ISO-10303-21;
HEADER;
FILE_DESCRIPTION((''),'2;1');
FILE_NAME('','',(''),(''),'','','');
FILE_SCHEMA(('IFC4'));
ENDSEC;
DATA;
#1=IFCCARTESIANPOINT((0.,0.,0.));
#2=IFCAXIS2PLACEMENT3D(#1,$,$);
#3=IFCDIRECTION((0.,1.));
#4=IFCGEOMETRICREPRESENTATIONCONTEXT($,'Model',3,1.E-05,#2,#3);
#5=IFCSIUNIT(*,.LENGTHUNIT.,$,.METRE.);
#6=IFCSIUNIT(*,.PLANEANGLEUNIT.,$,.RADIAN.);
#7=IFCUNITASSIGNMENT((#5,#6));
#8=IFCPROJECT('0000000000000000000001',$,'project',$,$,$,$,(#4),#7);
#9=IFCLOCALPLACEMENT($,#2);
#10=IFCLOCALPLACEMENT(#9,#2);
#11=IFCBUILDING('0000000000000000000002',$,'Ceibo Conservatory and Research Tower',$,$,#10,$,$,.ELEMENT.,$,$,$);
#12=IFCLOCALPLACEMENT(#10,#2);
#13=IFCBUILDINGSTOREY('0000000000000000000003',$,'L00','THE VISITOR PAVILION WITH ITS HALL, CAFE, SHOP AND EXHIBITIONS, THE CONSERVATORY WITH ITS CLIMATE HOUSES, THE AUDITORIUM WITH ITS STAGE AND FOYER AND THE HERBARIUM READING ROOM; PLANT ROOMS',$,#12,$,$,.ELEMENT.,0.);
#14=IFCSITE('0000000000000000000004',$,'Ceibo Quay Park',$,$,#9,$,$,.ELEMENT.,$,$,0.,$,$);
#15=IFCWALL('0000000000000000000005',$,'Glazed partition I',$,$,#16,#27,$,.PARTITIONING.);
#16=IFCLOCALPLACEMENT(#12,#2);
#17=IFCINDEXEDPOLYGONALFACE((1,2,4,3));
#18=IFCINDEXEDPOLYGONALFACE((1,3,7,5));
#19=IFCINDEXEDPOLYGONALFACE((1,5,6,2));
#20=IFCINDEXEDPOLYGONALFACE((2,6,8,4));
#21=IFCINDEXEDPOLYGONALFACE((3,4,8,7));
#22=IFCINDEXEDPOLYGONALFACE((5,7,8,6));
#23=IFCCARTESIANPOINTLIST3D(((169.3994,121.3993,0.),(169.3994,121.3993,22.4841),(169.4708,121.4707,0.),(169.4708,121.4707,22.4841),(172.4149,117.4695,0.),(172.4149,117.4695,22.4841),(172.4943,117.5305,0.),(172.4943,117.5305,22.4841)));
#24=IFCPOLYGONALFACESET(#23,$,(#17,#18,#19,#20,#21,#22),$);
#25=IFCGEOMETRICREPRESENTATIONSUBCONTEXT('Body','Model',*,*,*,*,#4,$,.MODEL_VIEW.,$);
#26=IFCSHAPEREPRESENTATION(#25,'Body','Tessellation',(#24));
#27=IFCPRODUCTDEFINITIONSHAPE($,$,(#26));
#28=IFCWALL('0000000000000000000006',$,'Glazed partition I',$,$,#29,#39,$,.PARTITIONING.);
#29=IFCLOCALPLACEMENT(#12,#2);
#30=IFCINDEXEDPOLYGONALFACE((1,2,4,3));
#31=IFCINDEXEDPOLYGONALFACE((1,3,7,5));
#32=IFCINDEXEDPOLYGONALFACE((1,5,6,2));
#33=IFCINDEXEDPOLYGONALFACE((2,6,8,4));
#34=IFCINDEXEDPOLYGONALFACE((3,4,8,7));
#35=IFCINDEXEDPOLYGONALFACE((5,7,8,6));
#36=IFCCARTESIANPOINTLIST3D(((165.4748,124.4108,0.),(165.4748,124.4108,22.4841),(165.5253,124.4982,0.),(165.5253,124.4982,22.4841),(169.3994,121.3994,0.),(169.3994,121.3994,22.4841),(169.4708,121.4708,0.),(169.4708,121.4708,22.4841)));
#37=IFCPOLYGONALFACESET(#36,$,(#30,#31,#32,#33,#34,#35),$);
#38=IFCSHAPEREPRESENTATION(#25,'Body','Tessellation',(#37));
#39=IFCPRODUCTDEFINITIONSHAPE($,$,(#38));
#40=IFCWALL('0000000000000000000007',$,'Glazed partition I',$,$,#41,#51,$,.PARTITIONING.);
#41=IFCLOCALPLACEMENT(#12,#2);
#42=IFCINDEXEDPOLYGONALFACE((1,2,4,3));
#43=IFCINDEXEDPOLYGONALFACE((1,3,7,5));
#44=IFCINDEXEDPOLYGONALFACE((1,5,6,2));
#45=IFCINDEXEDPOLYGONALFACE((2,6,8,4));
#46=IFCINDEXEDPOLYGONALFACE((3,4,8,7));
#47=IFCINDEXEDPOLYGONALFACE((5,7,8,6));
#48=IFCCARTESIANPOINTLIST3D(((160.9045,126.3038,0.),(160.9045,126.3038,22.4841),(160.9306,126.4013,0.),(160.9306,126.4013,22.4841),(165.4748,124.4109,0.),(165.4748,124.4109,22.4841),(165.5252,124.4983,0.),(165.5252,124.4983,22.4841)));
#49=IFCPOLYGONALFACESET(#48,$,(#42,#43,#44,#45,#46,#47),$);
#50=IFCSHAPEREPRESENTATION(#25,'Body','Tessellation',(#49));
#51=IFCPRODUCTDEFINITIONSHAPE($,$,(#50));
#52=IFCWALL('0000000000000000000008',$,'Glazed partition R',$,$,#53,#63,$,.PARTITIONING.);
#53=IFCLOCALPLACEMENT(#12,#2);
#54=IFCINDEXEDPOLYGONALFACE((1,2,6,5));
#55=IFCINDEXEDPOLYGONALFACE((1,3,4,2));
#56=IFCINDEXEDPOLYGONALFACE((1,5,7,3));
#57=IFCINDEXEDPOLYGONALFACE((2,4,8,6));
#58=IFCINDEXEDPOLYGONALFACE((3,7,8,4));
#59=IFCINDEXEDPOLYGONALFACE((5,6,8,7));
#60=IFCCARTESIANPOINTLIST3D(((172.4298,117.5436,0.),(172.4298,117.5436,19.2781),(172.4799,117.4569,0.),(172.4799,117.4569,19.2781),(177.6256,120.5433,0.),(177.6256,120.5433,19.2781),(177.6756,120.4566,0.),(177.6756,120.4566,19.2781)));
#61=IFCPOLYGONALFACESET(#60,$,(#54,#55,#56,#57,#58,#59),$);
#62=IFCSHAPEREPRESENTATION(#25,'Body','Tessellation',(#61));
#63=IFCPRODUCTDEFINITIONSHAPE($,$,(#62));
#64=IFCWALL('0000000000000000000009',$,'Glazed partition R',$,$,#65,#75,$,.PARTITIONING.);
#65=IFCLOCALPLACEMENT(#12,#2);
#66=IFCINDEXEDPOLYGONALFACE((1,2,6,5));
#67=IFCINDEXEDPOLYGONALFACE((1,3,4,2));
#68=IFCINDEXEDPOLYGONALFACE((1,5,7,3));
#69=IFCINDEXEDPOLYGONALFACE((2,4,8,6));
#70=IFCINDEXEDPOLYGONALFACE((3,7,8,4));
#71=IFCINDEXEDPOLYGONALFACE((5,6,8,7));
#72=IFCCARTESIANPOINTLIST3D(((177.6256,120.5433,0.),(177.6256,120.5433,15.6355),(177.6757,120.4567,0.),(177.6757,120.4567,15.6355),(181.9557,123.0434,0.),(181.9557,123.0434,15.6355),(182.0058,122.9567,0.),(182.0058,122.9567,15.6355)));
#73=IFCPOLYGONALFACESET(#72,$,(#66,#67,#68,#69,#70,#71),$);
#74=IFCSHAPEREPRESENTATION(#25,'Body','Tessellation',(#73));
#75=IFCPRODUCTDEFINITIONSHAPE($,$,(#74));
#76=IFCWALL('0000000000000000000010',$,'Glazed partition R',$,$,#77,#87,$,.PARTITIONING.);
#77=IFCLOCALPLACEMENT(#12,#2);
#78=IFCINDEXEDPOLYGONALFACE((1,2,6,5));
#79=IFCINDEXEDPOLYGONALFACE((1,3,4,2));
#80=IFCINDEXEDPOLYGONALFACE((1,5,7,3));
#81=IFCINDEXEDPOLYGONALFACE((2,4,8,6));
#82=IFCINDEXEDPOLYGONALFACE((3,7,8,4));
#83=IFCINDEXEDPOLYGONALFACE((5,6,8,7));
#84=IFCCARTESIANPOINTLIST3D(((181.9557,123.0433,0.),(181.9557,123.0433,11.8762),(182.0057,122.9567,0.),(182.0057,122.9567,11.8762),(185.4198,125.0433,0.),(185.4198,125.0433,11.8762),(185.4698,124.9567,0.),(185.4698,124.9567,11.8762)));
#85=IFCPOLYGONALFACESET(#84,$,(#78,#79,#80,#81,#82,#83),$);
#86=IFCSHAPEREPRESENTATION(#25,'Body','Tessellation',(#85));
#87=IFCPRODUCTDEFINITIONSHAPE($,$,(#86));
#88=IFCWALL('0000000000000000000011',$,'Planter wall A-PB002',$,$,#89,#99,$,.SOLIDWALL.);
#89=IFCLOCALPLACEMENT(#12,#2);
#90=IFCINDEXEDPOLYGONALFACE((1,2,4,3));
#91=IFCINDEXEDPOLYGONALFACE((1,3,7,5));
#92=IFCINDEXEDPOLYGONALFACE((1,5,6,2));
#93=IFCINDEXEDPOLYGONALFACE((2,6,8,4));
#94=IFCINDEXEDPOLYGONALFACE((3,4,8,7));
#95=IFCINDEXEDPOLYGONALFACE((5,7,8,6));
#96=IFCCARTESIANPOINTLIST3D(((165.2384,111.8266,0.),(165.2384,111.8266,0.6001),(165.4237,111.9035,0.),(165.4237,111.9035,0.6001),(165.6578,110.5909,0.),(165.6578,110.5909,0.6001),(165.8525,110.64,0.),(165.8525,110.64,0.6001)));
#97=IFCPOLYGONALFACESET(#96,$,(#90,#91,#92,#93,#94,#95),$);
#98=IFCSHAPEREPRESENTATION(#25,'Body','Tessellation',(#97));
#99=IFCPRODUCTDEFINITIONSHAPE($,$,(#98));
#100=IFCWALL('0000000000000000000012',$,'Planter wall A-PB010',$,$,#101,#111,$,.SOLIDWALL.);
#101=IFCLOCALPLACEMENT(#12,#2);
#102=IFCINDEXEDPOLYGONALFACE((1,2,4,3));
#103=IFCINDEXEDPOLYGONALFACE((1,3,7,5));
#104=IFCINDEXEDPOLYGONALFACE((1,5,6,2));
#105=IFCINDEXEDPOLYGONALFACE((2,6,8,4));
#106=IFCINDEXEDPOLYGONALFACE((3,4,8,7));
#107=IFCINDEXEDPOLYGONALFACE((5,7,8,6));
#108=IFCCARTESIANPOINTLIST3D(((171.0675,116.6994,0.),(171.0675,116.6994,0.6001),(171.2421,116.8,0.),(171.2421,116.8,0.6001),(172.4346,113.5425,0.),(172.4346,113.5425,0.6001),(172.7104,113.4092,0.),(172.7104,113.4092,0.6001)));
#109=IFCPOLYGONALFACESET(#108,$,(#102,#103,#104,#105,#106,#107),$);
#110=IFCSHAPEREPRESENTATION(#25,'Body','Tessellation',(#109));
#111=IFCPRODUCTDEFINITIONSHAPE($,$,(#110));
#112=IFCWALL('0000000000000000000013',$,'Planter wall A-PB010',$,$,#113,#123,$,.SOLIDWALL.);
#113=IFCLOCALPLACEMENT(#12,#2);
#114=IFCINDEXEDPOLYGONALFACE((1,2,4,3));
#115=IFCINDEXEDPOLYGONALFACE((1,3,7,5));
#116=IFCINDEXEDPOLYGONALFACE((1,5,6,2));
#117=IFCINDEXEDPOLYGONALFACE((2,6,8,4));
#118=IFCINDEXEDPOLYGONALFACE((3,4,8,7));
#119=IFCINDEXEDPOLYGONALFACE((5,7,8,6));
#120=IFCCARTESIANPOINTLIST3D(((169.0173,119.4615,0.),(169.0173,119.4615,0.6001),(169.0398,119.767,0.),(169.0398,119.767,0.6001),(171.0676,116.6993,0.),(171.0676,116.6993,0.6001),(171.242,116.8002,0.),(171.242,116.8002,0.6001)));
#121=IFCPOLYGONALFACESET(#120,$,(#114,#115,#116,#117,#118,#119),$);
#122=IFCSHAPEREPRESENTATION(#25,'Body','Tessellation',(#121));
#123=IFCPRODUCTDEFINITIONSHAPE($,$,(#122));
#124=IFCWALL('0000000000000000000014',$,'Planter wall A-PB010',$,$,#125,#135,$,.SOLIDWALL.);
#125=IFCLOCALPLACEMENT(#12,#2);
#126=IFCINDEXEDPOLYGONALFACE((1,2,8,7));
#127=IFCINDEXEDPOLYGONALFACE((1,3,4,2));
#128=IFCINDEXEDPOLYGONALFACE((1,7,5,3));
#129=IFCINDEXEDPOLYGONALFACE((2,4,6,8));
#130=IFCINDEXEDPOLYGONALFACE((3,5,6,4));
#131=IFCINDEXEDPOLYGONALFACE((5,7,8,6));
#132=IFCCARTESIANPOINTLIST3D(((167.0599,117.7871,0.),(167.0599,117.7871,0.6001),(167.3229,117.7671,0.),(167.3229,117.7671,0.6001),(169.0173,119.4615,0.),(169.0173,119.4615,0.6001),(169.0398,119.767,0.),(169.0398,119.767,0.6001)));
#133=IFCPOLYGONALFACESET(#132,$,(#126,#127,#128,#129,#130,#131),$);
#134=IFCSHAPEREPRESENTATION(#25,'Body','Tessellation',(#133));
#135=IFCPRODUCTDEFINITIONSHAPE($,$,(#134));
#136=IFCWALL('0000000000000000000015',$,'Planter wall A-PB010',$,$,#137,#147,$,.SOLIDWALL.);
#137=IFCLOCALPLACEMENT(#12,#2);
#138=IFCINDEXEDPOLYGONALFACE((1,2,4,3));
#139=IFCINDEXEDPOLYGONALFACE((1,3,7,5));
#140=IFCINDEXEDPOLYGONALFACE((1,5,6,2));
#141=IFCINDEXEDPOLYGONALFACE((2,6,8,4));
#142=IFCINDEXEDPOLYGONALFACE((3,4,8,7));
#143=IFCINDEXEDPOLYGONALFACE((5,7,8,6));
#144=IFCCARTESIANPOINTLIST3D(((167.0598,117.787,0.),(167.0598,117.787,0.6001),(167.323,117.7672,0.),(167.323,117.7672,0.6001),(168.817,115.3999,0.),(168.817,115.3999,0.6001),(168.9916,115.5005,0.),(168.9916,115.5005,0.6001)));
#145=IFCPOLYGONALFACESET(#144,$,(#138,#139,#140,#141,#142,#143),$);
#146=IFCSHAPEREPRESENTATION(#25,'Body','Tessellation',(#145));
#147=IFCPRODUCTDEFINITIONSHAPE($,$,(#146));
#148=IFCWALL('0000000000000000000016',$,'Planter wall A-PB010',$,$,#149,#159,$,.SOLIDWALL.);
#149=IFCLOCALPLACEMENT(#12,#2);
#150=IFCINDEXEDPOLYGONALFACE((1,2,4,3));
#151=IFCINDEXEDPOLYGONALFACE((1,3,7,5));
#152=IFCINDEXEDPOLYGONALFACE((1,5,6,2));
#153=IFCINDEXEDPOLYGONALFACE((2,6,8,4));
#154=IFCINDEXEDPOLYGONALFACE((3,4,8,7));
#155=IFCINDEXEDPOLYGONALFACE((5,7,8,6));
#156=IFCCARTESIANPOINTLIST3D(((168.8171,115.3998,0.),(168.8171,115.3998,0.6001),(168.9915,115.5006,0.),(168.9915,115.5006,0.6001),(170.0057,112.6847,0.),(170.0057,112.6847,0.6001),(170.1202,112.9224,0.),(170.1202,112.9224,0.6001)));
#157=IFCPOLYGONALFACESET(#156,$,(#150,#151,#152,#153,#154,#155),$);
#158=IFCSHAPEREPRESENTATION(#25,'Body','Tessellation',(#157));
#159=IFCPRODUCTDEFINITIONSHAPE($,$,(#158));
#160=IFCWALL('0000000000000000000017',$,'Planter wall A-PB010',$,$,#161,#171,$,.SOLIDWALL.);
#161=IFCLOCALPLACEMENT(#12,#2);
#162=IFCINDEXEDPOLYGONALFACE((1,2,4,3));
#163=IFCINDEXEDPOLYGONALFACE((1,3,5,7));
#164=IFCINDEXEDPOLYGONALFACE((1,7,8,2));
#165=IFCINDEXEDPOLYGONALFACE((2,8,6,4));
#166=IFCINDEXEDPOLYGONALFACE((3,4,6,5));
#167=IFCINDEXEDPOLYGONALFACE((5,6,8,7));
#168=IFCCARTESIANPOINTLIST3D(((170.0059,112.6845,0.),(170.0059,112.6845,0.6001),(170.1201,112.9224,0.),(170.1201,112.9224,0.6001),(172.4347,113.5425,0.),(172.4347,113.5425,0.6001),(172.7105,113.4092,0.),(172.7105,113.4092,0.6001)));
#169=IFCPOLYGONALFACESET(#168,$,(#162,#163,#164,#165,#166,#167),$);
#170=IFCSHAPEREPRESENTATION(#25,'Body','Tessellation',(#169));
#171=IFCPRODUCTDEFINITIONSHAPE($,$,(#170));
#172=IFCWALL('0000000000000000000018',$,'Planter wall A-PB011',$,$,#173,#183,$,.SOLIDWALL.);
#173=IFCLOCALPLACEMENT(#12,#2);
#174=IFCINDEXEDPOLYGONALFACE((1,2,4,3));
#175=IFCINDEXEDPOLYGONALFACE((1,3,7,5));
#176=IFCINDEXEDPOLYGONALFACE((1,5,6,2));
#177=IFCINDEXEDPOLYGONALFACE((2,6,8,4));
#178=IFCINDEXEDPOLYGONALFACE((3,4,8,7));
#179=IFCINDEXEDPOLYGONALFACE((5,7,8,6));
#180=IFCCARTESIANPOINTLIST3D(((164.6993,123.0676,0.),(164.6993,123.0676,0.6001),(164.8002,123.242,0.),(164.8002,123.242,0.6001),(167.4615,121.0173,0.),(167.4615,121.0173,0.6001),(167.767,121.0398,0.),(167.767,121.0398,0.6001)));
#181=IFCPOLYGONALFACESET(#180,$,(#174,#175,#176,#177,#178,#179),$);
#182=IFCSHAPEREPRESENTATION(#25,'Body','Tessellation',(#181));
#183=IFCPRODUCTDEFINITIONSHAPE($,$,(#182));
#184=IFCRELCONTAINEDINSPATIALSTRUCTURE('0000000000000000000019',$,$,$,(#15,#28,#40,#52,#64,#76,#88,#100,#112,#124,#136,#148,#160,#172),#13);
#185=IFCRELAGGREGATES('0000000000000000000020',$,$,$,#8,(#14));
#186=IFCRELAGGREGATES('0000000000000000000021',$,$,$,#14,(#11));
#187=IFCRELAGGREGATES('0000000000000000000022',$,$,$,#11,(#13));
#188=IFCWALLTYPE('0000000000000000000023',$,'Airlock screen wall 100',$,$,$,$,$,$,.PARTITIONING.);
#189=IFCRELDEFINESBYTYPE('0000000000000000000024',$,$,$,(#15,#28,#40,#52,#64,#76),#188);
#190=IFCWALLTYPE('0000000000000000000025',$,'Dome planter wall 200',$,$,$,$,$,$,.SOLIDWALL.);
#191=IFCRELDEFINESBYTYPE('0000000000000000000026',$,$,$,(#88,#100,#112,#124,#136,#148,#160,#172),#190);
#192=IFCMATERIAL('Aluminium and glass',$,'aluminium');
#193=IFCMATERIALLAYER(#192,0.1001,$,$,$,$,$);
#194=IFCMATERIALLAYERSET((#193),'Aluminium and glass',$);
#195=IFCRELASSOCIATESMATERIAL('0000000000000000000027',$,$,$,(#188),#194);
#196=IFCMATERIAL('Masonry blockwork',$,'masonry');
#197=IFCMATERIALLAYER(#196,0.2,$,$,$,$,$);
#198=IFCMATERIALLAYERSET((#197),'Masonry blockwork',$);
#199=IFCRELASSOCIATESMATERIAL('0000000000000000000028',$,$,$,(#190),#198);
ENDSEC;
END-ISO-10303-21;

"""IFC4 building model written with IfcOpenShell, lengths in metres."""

from ifc_helpers import new_model, si_unit, direction, frame, frame_2d, origin, place, context, subcontext, project, spatial, polyline, rectangle, outline, extrude, material, layer, layer_set, type_object, element, save


model = new_model("IFC4")

# Units and contexts
model_context = context("Model", 3, precision=1e-05, world=origin(), true_north=direction((0.0, 1.0)))
body_context = subcontext(model_context, "Body", "Model", "MODEL_VIEW")
ifc_project = project(units=[si_unit("LENGTHUNIT", "METRE"), si_unit("PLANEANGLEUNIT", "RADIAN")], contexts=[model_context])

# Site, building, storey
site_placement = place(None, origin())
site = spatial("IfcSite", under=ifc_project, at=site_placement, Name="Ceibo Quay Park", CompositionType="ELEMENT", RefElevation=0.0)
building_placement = place(site_placement, origin())
building = spatial("IfcBuilding", under=site, at=building_placement, Name="Ceibo Conservatory and Research Tower", CompositionType="ELEMENT")
storey_placement = place(building_placement, origin())
storey = spatial("IfcBuildingStorey", under=building, at=storey_placement, Name="L00", Description="THE VISITOR PAVILION WITH ITS HALL, CAFE, SHOP AND EXHIBITIONS, THE CONSERVATORY WITH ITS CLIMATE HOUSES, THE AUDITORIUM WITH ITS STAGE AND FOYER AND THE HERBARIUM READING ROOM; PLANT ROOMS", CompositionType="ELEMENT", Elevation=0.0)

# Walls
ifc_material_1 = material(Name="Aluminium and glass", Category="aluminium")
ifc_layer_1 = layer(ifc_material_1, 0.1001)
ifc_layer_set_1 = layer_set([ifc_layer_1], Name="Aluminium and glass")
wall_type_1 = type_object("IfcWallType", Name="Airlock screen wall 100", PredefinedType="PARTITIONING", material=ifc_layer_set_1)
wall_1_placement = place(storey_placement, frame((172.4546, 117.5, 0.0), z_axis=(0.0, 0.0, 1.0), x_axis=(-0.608768, 0.793348, 0.0)))
element("IfcWall", 1, at=wall_1_placement, inside=storey, type_object=wall_type_1, Name="Glazed partition I", PredefinedType="PARTITIONING", context=body_context, shape_type="SweptSolid", body=[
    extrude(outline(polyline([(0.0, -0.05), (4.9666, -0.05), (4.9534, 0.05), (0.0, 0.05), (0.0, -0.05)])), origin(), (0.0, 0.0, 1.0), 22.4841),
])
for number, where, z_axis, x_axis, name in (
    (2, (169.4351, 121.4351, 0.0), (0.0, 0.0, 1.0), (-0.793348, 0.608768, 0.0), "Glazed partition I"),
    (3, (165.5, 124.4546, 0.0), (0.0, 0.0, 1.0), (-0.923893, 0.38265, 0.0), "Glazed partition I"),
):
    element("IfcWall", number, at=place(storey_placement, frame(where, z_axis=z_axis, x_axis=x_axis)), inside=storey, type_object=wall_type_1, Name=name, PredefinedType="PARTITIONING", context=body_context, shape_type="SweptSolid", body=[
        extrude(outline(polyline([(-0.0066, -0.05), (4.9666, -0.05), (4.9534, 0.05), (0.0066, 0.05), (-0.0066, -0.05)])), origin(), (0.0, 0.0, 1.0), 22.4841),
    ])
wall_2_placement = place(storey_placement, frame((172.4548, 117.5002, 0.0), z_axis=(0.0, 0.0, 1.0), x_axis=(0.866028, 0.499995, 0.0)))
element("IfcWall", 4, at=wall_2_placement, inside=storey, type_object=wall_type_1, Name="Glazed partition R", PredefinedType="PARTITIONING", context=body_context, shape_type="SweptSolid", body=[
    extrude(rectangle(XDim=5.9995, YDim=0.1001, at=frame_2d((2.9998, 0.0))), origin(), (0.0, 0.0, 1.0), 19.2781),
])
wall_3_placement = place(storey_placement, frame((177.6506, 120.5, 0.0), z_axis=(0.0, 0.0, 1.0), x_axis=(0.866023, 0.500004, 0.0)))
element("IfcWall", 5, at=wall_3_placement, inside=storey, type_object=wall_type_1, Name="Glazed partition R", PredefinedType="PARTITIONING", context=body_context, shape_type="SweptSolid", body=[
    extrude(rectangle(XDim=5.0, YDim=0.1001, at=frame_2d((2.5, 0.0))), origin(), (0.0, 0.0, 1.0), 15.6355),
])
wall_4_placement = place(storey_placement, frame((181.9807, 123.0, 0.0), z_axis=(0.0, 0.0, 1.0), x_axis=(0.866026, 0.499999, 0.0)))
element("IfcWall", 6, at=wall_4_placement, inside=storey, type_object=wall_type_1, Name="Glazed partition R", PredefinedType="PARTITIONING", context=body_context, shape_type="SweptSolid", body=[
    extrude(rectangle(XDim=4.0, YDim=0.1001, at=frame_2d((2.0, 0.0))), origin(), (0.0, 0.0, 1.0), 11.8762),
])
ifc_material_2 = material(Name="Masonry blockwork", Category="masonry")
ifc_layer_2 = layer(ifc_material_2, 0.2)
ifc_layer_set_2 = layer_set([ifc_layer_2], Name="Masonry blockwork")
wall_type_2 = type_object("IfcWallType", Name="Dome planter wall 200", PredefinedType="SOLIDWALL", material=ifc_layer_set_2)
wall_5_placement = place(storey_placement, frame((165.7551, 110.6155, 0.0), z_axis=(0.0, 0.0, 1.0), x_axis=(-0.321385, 0.946949, 0.0)))
element("IfcWall", 7, at=wall_5_placement, inside=storey, type_object=wall_type_2, Name="Planter wall A-PB002", PredefinedType="SOLIDWALL", context=body_context, shape_type="SweptSolid", body=[
    extrude(outline(polyline([(-0.0081, -0.1001), (1.3262, -0.1001), (1.313, 0.1001), (0.0081, 0.1001), (-0.0081, -0.1001)])), origin(), (0.0, 0.0, 1.0), 0.6001),
])
wall_6_placement = place(storey_placement, frame((172.5725, 113.4758, 0.0), z_axis=(0.0, 0.0, 1.0), x_axis=(-0.397377, 0.917655, 0.0)))
element("IfcWall", 8, at=wall_6_placement, inside=storey, type_object=wall_type_2, Name="Planter wall A-PB010", PredefinedType="SOLIDWALL", context=body_context, shape_type="SweptSolid", body=[
    extrude(outline(polyline([(-0.116, -0.1001), (3.5791, -0.1001), (3.5562, 0.1001), (0.116, 0.1001), (-0.116, -0.1001)])), origin(), (0.0, 0.0, 1.0), 0.6001),
])
wall_7_placement = place(storey_placement, frame((171.1548, 116.7498, 0.0), z_axis=(0.0, 0.0, 1.0), x_axis=(-0.596018, 0.802971, 0.0)))
element("IfcWall", 9, at=wall_7_placement, inside=storey, type_object=wall_type_2, Name="Planter wall A-PB010", PredefinedType="SOLIDWALL", context=body_context, shape_type="SweptSolid", body=[
    extrude(outline(polyline([(-0.0115, -0.1001), (3.6833, -0.1001), (3.4514, 0.1001), (0.0115, 0.1001), (-0.0115, -0.1001)])), origin(), (0.0, 0.0, 1.0), 0.6001),
])
wall_8_placement = place(storey_placement, frame((169.0286, 119.6143, 0.0), z_axis=(0.0, 0.0, 1.0), x_axis=(-0.707107, -0.707107, 0.0)))
element("IfcWall", 10, at=wall_8_placement, inside=storey, type_object=wall_type_2, Name="Planter wall A-PB010", PredefinedType="SOLIDWALL", context=body_context, shape_type="SweptSolid", body=[
    extrude(outline(polyline([(-0.116, -0.1001), (2.6841, -0.1001), (2.5122, 0.1001), (0.116, 0.1001), (-0.116, -0.1001)])), origin(), (0.0, 0.0, 1.0), 0.6001),
])
wall_9_placement = place(storey_placement, frame((167.1914, 117.7771, 0.0), z_axis=(0.0, 0.0, 1.0), x_axis=(0.592824, -0.805332, 0.0)))
element("IfcWall", 11, at=wall_9_placement, inside=storey, type_object=wall_type_2, Name="Planter wall A-PB010", PredefinedType="SOLIDWALL", context=body_context, shape_type="SweptSolid", body=[
    extrude(outline(polyline([(-0.0859, -0.1001), (2.8782, -0.1001), (2.9006, 0.1001), (0.0859, 0.1001), (-0.0859, -0.1001)])), origin(), (0.0, 0.0, 1.0), 0.6001),
])
wall_10_placement = place(storey_placement, frame((168.9043, 115.4502, 0.0), z_axis=(0.0, 0.0, 1.0), x_axis=(0.401036, -0.916062, 0.0)))
element("IfcWall", 12, at=wall_10_placement, inside=storey, type_object=wall_type_2, Name="Planter wall A-PB010", PredefinedType="SOLIDWALL", context=body_context, shape_type="SweptSolid", body=[
    extrude(outline(polyline([(0.0112, -0.1001), (2.9751, -0.1001), (2.8032, 0.1001), (-0.0112, 0.1001), (0.0112, -0.1001)])), origin(), (0.0, 0.0, 1.0), 0.6001),
])
wall_11_placement = place(storey_placement, frame((170.063, 112.8035, 0.0), z_axis=(0.0, 0.0, 1.0), x_axis=(0.965932, 0.258797, 0.0)))
element("IfcWall", 13, at=wall_11_placement, inside=storey, type_object=wall_type_2, Name="Planter wall A-PB010", PredefinedType="SOLIDWALL", context=body_context, shape_type="SweptSolid", body=[
    extrude(outline(polyline([(-0.0859, -0.1001), (2.7141, -0.1001), (2.4822, 0.1001), (0.0859, 0.1001), (-0.0859, -0.1001)])), origin(), (0.0, 0.0, 1.0), 0.6001),
])
wall_12_placement = place(storey_placement, frame((167.6143, 121.0286, 0.0), z_axis=(0.0, 0.0, 1.0), x_axis=(-0.802971, 0.596018, 0.0)))
element("IfcWall", 14, at=wall_12_placement, inside=storey, type_object=wall_type_2, Name="Planter wall A-PB011", PredefinedType="SOLIDWALL", context=body_context, shape_type="SweptSolid", body=[
    extrude(outline(polyline([(-0.116, -0.1001), (3.5789, -0.1001), (3.5559, 0.1001), (0.116, 0.1001), (-0.116, -0.1001)])), origin(), (0.0, 0.0, 1.0), 0.6001),
])

save(model, "model.ifc")
